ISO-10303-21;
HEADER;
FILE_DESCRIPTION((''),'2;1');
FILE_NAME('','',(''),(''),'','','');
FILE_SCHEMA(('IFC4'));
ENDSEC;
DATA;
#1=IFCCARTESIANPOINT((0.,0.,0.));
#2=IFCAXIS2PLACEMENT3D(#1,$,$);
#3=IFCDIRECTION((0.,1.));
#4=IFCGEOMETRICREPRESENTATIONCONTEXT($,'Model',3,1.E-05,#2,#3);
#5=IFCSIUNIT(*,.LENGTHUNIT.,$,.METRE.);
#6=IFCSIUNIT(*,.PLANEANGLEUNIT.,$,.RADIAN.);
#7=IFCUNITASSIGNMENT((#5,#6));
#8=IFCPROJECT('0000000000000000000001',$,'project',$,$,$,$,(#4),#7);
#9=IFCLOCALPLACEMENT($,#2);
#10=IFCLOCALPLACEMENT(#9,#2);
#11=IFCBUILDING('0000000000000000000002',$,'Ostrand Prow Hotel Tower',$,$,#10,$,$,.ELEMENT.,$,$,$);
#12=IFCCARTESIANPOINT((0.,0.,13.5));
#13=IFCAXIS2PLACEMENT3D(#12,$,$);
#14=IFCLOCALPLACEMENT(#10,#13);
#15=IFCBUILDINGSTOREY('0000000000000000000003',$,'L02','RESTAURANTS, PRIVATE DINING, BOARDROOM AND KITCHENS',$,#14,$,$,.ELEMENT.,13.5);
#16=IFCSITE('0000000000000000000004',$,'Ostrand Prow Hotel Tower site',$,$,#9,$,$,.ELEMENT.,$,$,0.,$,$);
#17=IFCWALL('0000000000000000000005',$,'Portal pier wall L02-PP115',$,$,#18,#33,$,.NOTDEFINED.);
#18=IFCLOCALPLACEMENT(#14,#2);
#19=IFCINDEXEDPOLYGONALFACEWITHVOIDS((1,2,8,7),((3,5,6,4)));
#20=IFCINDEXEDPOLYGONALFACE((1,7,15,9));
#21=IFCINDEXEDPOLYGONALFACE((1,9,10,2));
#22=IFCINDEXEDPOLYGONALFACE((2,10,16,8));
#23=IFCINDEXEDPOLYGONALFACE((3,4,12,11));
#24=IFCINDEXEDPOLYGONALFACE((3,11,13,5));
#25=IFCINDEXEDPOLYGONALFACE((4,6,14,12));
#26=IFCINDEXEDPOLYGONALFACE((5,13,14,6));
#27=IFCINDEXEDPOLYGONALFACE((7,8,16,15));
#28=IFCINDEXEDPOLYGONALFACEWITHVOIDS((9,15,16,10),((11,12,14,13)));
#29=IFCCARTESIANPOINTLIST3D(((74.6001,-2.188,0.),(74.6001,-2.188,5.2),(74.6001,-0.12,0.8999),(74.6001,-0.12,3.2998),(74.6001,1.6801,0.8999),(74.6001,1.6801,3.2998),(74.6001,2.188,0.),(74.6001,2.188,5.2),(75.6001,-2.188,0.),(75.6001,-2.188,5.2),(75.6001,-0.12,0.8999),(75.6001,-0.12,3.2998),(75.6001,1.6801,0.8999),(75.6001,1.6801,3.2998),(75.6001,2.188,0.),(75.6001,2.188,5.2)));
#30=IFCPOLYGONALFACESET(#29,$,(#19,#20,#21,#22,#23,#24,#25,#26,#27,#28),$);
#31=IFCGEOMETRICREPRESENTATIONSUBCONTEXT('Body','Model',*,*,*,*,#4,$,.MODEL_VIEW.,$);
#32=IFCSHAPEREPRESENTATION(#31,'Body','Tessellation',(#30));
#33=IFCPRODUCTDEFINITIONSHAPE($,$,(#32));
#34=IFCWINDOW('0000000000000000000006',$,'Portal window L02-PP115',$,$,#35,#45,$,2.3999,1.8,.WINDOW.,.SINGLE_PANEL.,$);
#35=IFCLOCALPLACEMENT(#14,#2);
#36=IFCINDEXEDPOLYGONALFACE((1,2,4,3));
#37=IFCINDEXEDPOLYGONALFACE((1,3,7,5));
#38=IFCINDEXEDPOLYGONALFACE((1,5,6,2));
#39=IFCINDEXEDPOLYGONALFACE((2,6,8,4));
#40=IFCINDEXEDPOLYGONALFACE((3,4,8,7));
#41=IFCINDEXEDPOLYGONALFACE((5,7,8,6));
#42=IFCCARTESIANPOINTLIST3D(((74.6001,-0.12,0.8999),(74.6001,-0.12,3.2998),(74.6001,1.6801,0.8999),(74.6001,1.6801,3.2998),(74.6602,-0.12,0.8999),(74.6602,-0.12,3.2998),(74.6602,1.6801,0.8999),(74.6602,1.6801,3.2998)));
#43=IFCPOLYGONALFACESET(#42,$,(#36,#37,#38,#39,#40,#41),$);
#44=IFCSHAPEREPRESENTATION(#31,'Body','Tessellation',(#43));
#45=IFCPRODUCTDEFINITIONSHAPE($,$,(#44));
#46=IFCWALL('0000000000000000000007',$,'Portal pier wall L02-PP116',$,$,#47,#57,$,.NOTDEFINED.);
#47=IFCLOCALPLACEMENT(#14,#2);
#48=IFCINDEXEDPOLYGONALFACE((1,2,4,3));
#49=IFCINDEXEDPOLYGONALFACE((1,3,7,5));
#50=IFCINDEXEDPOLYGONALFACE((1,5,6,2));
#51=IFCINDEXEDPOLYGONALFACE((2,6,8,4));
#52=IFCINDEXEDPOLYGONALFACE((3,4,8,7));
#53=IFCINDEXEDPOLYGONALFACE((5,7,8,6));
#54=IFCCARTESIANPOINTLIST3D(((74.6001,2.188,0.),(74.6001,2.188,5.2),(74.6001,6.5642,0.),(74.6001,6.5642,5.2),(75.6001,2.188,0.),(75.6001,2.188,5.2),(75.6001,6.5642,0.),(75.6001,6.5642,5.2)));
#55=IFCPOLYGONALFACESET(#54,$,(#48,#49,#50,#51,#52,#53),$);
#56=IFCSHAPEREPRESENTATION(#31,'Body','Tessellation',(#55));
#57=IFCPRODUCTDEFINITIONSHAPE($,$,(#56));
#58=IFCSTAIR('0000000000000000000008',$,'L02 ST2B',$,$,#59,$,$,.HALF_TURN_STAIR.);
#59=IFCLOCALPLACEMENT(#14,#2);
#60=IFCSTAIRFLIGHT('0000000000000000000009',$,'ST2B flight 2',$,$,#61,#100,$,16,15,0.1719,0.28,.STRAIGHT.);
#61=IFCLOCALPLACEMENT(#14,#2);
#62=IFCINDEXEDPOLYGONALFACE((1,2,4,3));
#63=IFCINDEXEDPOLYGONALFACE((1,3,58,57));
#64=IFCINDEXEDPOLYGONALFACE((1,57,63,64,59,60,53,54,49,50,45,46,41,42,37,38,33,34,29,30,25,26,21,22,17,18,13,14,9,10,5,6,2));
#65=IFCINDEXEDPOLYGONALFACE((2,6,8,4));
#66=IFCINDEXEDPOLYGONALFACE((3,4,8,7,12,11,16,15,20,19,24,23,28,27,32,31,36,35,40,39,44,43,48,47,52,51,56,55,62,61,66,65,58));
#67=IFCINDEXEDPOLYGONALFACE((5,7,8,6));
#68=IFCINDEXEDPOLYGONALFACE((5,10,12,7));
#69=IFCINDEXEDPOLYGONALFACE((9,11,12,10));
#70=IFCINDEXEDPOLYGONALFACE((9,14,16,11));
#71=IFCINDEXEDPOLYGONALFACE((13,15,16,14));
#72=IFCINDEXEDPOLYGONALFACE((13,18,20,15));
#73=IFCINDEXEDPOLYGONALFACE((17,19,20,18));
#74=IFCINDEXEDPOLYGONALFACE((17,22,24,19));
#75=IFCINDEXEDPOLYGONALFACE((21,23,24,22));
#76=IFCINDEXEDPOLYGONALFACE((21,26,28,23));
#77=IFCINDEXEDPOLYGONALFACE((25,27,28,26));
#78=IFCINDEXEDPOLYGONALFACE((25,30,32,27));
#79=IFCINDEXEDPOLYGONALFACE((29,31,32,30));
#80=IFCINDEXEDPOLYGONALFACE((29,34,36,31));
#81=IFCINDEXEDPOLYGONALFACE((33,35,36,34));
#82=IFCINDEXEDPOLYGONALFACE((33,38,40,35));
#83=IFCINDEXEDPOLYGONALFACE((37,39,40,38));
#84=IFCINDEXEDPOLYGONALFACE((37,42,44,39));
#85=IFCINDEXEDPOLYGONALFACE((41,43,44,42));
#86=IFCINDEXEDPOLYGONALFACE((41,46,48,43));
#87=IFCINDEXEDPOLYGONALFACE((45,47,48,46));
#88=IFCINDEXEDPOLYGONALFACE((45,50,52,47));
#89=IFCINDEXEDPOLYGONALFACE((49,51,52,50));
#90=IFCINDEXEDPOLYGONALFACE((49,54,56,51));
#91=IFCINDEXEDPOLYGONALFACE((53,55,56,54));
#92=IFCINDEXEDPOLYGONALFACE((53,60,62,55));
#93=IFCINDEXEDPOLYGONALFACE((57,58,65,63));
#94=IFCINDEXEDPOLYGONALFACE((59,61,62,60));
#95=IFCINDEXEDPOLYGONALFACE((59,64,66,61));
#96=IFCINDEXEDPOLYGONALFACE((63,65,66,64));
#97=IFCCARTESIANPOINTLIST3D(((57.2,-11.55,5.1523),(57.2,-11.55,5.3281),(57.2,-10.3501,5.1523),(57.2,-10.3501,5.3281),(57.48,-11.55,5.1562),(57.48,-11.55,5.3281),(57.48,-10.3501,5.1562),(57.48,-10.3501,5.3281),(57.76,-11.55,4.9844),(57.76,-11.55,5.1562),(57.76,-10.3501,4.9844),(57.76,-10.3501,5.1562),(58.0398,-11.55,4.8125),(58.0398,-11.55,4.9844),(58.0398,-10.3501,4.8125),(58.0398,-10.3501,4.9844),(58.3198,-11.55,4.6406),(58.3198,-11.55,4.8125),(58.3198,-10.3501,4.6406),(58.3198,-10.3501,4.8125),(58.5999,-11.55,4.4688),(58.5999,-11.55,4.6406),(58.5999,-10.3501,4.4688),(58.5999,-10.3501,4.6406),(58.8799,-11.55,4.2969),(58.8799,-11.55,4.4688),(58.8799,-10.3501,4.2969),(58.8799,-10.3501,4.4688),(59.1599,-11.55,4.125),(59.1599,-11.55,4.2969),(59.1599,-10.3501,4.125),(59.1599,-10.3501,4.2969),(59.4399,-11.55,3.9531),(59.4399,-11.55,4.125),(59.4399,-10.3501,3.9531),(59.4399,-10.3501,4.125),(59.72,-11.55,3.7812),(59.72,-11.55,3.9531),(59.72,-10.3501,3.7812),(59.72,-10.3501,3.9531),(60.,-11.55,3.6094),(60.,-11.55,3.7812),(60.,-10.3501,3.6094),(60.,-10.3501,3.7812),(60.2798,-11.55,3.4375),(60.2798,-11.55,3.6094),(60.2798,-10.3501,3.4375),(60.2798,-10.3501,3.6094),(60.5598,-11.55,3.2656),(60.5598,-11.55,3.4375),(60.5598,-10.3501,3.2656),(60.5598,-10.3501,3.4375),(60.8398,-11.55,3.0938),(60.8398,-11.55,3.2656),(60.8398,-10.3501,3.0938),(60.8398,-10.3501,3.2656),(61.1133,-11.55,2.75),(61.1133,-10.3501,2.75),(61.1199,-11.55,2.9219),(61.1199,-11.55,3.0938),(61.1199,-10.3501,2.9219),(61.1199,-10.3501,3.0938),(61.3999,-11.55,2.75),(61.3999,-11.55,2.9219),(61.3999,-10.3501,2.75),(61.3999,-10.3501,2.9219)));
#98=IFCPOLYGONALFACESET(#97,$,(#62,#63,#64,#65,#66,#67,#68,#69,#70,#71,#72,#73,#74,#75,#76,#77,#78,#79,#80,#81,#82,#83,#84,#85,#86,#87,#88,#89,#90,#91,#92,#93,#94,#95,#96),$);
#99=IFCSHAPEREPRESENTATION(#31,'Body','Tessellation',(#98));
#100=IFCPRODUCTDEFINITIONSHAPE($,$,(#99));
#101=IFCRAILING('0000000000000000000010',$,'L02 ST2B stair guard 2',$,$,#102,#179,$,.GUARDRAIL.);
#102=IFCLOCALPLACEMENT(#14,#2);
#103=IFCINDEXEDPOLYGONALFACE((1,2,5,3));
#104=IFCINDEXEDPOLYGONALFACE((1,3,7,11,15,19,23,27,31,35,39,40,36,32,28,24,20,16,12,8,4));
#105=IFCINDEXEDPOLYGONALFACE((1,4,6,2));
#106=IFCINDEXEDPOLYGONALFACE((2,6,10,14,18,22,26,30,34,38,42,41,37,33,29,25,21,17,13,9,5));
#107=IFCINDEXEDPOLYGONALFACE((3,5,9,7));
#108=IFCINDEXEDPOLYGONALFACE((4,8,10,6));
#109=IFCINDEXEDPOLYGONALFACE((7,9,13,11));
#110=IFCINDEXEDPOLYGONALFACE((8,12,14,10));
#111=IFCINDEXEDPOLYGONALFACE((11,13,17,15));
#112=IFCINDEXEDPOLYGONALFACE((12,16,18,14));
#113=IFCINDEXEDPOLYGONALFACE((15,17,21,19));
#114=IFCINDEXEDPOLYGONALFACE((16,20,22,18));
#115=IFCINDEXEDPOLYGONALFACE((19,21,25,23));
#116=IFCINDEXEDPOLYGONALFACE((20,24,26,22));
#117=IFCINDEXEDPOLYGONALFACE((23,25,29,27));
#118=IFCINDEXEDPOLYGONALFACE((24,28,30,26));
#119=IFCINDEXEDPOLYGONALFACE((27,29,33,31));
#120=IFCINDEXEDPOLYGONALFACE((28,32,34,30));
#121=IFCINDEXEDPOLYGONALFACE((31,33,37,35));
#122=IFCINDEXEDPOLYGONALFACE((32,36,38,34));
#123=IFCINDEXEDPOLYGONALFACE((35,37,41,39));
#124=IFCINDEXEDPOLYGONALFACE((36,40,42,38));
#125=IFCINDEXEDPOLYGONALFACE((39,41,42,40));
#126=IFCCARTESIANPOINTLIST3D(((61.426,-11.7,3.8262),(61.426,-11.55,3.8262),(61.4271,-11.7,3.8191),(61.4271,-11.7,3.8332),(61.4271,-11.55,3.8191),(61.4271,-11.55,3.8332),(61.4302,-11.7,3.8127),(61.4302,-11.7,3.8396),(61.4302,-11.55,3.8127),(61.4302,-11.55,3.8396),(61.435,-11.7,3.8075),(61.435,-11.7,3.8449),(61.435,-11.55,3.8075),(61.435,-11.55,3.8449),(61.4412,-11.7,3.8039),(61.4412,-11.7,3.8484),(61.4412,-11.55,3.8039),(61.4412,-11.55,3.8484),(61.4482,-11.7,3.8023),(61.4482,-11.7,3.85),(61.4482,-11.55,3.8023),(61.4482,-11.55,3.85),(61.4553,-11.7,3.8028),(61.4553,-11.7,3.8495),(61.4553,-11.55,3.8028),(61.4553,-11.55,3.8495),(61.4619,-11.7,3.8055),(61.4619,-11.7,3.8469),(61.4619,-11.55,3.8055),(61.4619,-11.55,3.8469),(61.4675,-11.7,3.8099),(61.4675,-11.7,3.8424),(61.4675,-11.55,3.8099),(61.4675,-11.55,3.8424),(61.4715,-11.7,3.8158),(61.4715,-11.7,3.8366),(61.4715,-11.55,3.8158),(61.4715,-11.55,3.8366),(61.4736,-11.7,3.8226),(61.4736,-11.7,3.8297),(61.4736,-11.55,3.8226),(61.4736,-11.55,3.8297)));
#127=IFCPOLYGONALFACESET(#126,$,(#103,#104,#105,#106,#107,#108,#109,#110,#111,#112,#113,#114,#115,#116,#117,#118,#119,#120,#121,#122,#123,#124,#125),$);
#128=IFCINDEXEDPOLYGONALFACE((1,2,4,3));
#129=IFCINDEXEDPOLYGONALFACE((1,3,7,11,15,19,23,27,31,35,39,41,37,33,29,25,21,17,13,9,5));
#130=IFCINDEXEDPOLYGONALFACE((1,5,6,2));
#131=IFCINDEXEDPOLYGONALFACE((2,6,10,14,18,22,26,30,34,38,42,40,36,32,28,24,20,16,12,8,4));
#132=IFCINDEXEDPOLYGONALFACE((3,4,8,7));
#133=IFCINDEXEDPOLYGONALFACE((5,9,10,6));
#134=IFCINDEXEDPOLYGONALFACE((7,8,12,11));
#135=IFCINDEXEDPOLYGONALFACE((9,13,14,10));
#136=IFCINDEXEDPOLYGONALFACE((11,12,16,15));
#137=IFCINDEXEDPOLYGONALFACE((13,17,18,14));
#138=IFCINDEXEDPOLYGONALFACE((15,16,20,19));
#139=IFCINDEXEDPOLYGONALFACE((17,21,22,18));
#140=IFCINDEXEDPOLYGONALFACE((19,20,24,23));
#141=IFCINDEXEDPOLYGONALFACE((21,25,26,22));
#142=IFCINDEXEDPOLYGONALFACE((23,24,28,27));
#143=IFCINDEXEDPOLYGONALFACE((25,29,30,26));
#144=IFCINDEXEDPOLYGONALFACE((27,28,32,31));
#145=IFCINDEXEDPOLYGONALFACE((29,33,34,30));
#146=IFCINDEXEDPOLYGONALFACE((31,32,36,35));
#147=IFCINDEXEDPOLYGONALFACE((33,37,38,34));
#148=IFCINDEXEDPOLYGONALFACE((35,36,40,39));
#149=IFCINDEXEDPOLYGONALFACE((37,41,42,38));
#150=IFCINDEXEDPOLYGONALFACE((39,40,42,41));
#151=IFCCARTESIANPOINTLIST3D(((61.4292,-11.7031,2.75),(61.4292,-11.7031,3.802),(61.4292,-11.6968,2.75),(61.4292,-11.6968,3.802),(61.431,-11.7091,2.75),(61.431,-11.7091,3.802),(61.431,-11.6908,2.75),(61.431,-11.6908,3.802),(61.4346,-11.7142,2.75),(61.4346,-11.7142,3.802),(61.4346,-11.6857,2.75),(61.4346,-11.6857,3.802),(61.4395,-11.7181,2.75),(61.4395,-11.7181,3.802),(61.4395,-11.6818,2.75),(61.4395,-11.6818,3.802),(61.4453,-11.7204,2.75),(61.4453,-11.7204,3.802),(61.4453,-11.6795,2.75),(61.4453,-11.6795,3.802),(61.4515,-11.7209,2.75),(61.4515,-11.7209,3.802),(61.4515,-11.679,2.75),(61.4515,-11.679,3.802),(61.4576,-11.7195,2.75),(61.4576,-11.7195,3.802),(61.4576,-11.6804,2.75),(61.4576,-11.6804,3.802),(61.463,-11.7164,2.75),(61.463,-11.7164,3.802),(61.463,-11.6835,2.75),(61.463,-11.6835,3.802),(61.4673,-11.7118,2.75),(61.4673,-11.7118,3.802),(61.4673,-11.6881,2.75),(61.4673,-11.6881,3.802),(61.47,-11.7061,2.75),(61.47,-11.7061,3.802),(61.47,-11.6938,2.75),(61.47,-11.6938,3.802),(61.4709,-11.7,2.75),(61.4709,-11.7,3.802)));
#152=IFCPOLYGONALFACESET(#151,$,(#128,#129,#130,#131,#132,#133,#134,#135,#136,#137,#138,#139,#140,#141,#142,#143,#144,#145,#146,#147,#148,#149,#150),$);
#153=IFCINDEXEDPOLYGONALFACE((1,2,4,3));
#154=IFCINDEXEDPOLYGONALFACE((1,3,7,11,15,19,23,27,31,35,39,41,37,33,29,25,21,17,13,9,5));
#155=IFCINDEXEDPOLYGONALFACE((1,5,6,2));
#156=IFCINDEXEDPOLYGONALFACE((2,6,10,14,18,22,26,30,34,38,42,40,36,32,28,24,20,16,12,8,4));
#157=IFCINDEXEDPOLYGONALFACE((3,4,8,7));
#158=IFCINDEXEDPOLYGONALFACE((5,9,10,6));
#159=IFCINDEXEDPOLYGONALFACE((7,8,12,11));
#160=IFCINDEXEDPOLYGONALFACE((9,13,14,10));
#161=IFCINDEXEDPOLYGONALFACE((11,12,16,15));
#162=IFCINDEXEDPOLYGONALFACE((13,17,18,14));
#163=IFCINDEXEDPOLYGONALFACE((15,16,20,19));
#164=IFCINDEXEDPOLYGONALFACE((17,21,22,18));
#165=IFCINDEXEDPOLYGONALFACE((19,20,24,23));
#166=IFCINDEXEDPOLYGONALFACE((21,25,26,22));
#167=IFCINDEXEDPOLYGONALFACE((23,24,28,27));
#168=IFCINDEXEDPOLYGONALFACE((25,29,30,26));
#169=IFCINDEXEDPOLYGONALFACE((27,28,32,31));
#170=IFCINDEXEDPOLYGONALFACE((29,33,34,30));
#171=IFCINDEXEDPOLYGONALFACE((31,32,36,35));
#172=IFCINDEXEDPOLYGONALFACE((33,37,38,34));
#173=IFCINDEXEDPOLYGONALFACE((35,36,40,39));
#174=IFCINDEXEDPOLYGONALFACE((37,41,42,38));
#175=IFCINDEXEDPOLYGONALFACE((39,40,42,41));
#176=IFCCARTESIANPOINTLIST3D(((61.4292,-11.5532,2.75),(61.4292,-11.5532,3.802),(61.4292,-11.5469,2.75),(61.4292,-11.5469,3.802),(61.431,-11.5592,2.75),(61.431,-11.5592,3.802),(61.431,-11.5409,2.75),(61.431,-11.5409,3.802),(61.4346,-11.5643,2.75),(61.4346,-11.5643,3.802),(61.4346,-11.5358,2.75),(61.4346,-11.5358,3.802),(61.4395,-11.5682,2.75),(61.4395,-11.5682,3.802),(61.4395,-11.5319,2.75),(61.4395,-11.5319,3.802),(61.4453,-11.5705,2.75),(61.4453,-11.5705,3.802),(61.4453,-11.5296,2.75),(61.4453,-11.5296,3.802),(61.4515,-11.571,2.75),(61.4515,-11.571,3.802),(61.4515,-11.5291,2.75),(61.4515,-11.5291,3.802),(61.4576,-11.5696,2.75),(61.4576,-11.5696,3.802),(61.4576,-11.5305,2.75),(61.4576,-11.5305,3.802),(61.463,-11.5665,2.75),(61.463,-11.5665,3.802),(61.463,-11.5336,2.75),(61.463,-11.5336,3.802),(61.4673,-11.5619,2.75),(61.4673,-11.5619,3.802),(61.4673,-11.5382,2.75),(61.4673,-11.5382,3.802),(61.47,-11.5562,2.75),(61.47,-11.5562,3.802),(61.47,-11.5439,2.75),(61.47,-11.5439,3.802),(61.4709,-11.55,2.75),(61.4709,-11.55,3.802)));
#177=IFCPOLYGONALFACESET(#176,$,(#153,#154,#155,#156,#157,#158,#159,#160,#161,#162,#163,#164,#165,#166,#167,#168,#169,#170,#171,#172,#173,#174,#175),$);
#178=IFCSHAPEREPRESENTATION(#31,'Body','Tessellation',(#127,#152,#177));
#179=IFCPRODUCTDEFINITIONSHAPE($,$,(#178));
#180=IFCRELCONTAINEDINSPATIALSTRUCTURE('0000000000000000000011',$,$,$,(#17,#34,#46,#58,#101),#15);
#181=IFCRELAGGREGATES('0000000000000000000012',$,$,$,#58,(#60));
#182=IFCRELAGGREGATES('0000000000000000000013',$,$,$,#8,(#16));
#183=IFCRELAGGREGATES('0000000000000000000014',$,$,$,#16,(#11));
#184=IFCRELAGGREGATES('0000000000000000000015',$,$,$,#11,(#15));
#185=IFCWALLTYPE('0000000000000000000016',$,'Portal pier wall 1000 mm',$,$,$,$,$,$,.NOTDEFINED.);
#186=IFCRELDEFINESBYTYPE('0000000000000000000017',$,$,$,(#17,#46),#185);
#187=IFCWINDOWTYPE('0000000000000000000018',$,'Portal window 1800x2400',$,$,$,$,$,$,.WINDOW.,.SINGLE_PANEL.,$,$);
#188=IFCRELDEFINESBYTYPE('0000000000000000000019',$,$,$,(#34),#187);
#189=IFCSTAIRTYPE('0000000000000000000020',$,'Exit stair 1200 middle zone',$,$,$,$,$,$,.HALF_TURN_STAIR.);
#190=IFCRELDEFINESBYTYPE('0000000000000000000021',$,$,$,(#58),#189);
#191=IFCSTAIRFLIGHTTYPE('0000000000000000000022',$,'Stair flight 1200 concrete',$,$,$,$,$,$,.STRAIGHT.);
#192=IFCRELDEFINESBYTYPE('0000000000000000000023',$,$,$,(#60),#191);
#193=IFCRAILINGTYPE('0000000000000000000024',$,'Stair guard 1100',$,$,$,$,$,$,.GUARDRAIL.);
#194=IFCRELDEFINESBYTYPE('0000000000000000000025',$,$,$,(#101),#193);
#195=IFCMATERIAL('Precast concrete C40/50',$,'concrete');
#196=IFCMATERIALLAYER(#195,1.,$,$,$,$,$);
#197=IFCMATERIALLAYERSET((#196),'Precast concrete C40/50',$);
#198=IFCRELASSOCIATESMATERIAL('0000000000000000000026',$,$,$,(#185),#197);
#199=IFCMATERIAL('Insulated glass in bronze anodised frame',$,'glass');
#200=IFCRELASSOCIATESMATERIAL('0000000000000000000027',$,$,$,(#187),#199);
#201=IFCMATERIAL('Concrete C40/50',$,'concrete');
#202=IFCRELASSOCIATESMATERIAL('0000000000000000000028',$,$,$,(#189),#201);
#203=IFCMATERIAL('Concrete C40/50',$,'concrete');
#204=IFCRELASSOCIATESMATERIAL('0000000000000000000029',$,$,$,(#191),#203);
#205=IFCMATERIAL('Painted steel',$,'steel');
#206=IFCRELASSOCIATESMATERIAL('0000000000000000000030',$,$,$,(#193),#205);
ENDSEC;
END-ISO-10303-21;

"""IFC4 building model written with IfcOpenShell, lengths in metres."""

from ifc_helpers import new_model, si_unit, direction, frame, frame_2d, origin, origin_2d, place, context, subcontext, project, spatial, polyline, rectangle, circle, outline, extrude, material, layer, layer_set, type_object, element, fill, aggregate, save


model = new_model("IFC4")

# Units and contexts
model_context = context("Model", 3, precision=1e-05, world=origin(), true_north=direction((0.0, 1.0)))
body_context = subcontext(model_context, "Body", "Model", "MODEL_VIEW")
ifc_project = project(units=[si_unit("LENGTHUNIT", "METRE"), si_unit("PLANEANGLEUNIT", "RADIAN")], contexts=[model_context])

# Site, building, storey
site_placement = place(None, origin())
site = spatial("IfcSite", under=ifc_project, at=site_placement, Name="Ostrand Prow Hotel Tower site", CompositionType="ELEMENT", RefElevation=0.0)
building_placement = place(site_placement, origin())
building = spatial("IfcBuilding", under=site, at=building_placement, Name="Ostrand Prow Hotel Tower", CompositionType="ELEMENT")
storey_placement = place(building_placement, frame((0.0, 0.0, 13.5)))
storey = spatial("IfcBuildingStorey", under=building, at=storey_placement, Name="L02", Description="RESTAURANTS, PRIVATE DINING, BOARDROOM AND KITCHENS", CompositionType="ELEMENT", Elevation=13.5)

# Wall, opening, window
ifc_material_1 = material(Name="Precast concrete C40/50", Category="concrete")
ifc_layer_1 = layer(ifc_material_1, 1.0)
ifc_layer_set_1 = layer_set([ifc_layer_1], Name="Precast concrete C40/50")
wall_type_1 = type_object("IfcWallType", Name="Portal pier wall 1000 mm", PredefinedType="NOTDEFINED", material=ifc_layer_set_1)
ifc_material_2 = material(Name="Insulated glass in bronze anodised frame", Category="glass")
window_type = type_object("IfcWindowType", Name="Portal window 1800x2400", PartitioningType="SINGLE_PANEL", PredefinedType="WINDOW", material=ifc_material_2)
wall_1_placement = place(storey_placement, frame((75.1001, -2.188, 0.0), z_axis=(0.0, 0.0, 1.0), x_axis=(0.0, 1.0, 0.0)))
wall_1 = element("IfcWall", 1, at=wall_1_placement, inside=storey, type_object=wall_type_1, Name="Portal pier wall L02-PP115", PredefinedType="NOTDEFINED", context=body_context, shape_type="SweptSolid", body=[
    extrude(outline(polyline([(0.0, -0.5), (4.376, -0.5), (4.376, 0.5), (0.0, 0.5), (0.0, -0.5)])), origin(), (0.0, 0.0, 1.0), 5.2),
])
opening_1_placement = place(wall_1_placement, frame((2.0681, 0.0, 0.8999)))
opening_1 = element("IfcOpeningElement", 2, at=opening_1_placement, cuts=wall_1, PredefinedType="OPENING", context=body_context, shape_type="SweptSolid", body=[
    extrude(rectangle(XDim=1.8, YDim=2.3999, at=frame_2d((0.8999, 1.2))), frame((0.0, 0.51, 0.0), z_axis=(0.0, -1.0, 0.0), x_axis=(1.0, 0.0, 0.0)), (0.0, 0.0, 1.0), 1.02),
])
window_1_placement = place(opening_1_placement, origin())
window_1 = element("IfcWindow", 3, at=window_1_placement, inside=storey, type_object=window_type, Name="Portal window L02-PP115", OverallHeight=2.3999, OverallWidth=1.8, PartitioningType="SINGLE_PANEL", PredefinedType="WINDOW", context=body_context, shape_type="SweptSolid", body=[
    extrude(rectangle(XDim=1.8, YDim=2.3999, at=frame_2d((0.8999, 1.2))), frame((0.0, 0.5, 0.0), z_axis=(0.0, -1.0, 0.0), x_axis=(1.0, 0.0, 0.0)), (0.0, 0.0, 1.0), 0.0601),
])
fill(opening_1, window_1)

# Wall
wall_2_placement = place(storey_placement, frame((75.1001, 2.188, 0.0), z_axis=(0.0, 0.0, 1.0), x_axis=(0.0, 1.0, 0.0)))
element("IfcWall", 4, at=wall_2_placement, inside=storey, type_object=wall_type_1, Name="Portal pier wall L02-PP116", PredefinedType="NOTDEFINED", context=body_context, shape_type="SweptSolid", body=[
    extrude(outline(polyline([(0.0, -0.5), (4.3762, -0.5), (4.3762, 0.5), (0.0, 0.5), (0.0, -0.5)])), origin(), (0.0, 0.0, 1.0), 5.2),
])

# Stair, stair flight
ifc_material_3 = material(Name="Concrete C40/50", Category="concrete")
stair_type = type_object("IfcStairType", Name="Exit stair 1200 middle zone", PredefinedType="HALF_TURN_STAIR", material=ifc_material_3)
stair_placement = place(storey_placement, origin())
stair = element("IfcStair", 5, at=stair_placement, inside=storey, type_object=stair_type, Name="L02 ST2B", PredefinedType="HALF_TURN_STAIR")
ifc_material_4 = material(Name="Concrete C40/50", Category="concrete")
stair_flight_type = type_object("IfcStairFlightType", Name="Stair flight 1200 concrete", PredefinedType="STRAIGHT", material=ifc_material_4)
stair_flight_placement = place(storey_placement, frame((61.3999, -10.95, 2.75), z_axis=(0.0, 0.0, 1.0), x_axis=(-1.0, 0.0, 0.0)))
stair_flight = element("IfcStairFlight", 6, at=stair_flight_placement, type_object=stair_flight_type, Name="ST2B flight 2", NumberOfRisers=16, NumberOfTreads=15, PredefinedType="STRAIGHT", RiserHeight=0.1719, TreadLength=0.28, context=body_context, shape_type="SweptSolid", body=[
    extrude(outline(polyline([(0.0, 0.0), (0.0, 0.1719), (0.28, 0.1719), (0.28, 0.3438), (0.5601, 0.3438), (0.5601, 0.5156), (0.8401, 0.5156), (0.8401, 0.6875), (1.1201, 0.6875), (1.1201, 0.8594), (1.3999, 0.8594), (1.3999, 1.0312), (1.6799, 1.0312), (1.6799, 1.2031), (1.96, 1.2031), (1.96, 1.375), (2.24, 1.375), (2.24, 1.5469), (2.52, 1.5469), (2.52, 1.7188), (2.8, 1.7188), (2.8, 1.8906), (3.0801, 1.8906), (3.0801, 2.0625), (3.3601, 2.0625), (3.3601, 2.2344), (3.6399, 2.2344), (3.6399, 2.4062), (3.9199, 2.4062), (3.9199, 2.5781), (4.2, 2.5781), (4.2, 2.75), (4.2, 2.4023), (0.2866, 0.0), (0.0, 0.0)])), frame((0.0, 0.6001, 0.0), z_axis=(0.0, -1.0, 0.0), x_axis=(1.0, 0.0, 0.0)), (0.0, 0.0, 1.0), 1.2),
])
aggregate(stair, [stair_flight])

# Railing
ifc_material_5 = material(Name="Painted steel", Category="steel")
railing_type_1 = type_object("IfcRailingType", Name="Stair guard 1100", PredefinedType="GUARDRAIL", material=ifc_material_5)
railing_1_placement = place(storey_placement, frame((61.45, -11.7, 2.75)))
element("IfcRailing", 7, at=railing_1_placement, inside=storey, type_object=railing_type_1, Name="L02 ST2B stair guard 2", PredefinedType="GUARDRAIL", context=body_context, shape_type="SweptSolid", body=[
    extrude(circle(Radius=0.0239, at=origin_2d()), frame((0.0, 0.0, 1.0762), z_axis=(0.0, 1.0, 0.0), x_axis=(-1.0, 0.0, 0.0)), (0.0, 0.0, 1.0), 0.1499),
    extrude(circle(Radius=0.021, at=origin_2d()), origin(), (0.0, 0.0, 1.0), 1.052),
    extrude(circle(Radius=0.021, at=origin_2d()), frame((0.0, 0.1499, 0.0)), (0.0, 0.0, 1.0), 1.052),
])

save(model, "model.ifc")
